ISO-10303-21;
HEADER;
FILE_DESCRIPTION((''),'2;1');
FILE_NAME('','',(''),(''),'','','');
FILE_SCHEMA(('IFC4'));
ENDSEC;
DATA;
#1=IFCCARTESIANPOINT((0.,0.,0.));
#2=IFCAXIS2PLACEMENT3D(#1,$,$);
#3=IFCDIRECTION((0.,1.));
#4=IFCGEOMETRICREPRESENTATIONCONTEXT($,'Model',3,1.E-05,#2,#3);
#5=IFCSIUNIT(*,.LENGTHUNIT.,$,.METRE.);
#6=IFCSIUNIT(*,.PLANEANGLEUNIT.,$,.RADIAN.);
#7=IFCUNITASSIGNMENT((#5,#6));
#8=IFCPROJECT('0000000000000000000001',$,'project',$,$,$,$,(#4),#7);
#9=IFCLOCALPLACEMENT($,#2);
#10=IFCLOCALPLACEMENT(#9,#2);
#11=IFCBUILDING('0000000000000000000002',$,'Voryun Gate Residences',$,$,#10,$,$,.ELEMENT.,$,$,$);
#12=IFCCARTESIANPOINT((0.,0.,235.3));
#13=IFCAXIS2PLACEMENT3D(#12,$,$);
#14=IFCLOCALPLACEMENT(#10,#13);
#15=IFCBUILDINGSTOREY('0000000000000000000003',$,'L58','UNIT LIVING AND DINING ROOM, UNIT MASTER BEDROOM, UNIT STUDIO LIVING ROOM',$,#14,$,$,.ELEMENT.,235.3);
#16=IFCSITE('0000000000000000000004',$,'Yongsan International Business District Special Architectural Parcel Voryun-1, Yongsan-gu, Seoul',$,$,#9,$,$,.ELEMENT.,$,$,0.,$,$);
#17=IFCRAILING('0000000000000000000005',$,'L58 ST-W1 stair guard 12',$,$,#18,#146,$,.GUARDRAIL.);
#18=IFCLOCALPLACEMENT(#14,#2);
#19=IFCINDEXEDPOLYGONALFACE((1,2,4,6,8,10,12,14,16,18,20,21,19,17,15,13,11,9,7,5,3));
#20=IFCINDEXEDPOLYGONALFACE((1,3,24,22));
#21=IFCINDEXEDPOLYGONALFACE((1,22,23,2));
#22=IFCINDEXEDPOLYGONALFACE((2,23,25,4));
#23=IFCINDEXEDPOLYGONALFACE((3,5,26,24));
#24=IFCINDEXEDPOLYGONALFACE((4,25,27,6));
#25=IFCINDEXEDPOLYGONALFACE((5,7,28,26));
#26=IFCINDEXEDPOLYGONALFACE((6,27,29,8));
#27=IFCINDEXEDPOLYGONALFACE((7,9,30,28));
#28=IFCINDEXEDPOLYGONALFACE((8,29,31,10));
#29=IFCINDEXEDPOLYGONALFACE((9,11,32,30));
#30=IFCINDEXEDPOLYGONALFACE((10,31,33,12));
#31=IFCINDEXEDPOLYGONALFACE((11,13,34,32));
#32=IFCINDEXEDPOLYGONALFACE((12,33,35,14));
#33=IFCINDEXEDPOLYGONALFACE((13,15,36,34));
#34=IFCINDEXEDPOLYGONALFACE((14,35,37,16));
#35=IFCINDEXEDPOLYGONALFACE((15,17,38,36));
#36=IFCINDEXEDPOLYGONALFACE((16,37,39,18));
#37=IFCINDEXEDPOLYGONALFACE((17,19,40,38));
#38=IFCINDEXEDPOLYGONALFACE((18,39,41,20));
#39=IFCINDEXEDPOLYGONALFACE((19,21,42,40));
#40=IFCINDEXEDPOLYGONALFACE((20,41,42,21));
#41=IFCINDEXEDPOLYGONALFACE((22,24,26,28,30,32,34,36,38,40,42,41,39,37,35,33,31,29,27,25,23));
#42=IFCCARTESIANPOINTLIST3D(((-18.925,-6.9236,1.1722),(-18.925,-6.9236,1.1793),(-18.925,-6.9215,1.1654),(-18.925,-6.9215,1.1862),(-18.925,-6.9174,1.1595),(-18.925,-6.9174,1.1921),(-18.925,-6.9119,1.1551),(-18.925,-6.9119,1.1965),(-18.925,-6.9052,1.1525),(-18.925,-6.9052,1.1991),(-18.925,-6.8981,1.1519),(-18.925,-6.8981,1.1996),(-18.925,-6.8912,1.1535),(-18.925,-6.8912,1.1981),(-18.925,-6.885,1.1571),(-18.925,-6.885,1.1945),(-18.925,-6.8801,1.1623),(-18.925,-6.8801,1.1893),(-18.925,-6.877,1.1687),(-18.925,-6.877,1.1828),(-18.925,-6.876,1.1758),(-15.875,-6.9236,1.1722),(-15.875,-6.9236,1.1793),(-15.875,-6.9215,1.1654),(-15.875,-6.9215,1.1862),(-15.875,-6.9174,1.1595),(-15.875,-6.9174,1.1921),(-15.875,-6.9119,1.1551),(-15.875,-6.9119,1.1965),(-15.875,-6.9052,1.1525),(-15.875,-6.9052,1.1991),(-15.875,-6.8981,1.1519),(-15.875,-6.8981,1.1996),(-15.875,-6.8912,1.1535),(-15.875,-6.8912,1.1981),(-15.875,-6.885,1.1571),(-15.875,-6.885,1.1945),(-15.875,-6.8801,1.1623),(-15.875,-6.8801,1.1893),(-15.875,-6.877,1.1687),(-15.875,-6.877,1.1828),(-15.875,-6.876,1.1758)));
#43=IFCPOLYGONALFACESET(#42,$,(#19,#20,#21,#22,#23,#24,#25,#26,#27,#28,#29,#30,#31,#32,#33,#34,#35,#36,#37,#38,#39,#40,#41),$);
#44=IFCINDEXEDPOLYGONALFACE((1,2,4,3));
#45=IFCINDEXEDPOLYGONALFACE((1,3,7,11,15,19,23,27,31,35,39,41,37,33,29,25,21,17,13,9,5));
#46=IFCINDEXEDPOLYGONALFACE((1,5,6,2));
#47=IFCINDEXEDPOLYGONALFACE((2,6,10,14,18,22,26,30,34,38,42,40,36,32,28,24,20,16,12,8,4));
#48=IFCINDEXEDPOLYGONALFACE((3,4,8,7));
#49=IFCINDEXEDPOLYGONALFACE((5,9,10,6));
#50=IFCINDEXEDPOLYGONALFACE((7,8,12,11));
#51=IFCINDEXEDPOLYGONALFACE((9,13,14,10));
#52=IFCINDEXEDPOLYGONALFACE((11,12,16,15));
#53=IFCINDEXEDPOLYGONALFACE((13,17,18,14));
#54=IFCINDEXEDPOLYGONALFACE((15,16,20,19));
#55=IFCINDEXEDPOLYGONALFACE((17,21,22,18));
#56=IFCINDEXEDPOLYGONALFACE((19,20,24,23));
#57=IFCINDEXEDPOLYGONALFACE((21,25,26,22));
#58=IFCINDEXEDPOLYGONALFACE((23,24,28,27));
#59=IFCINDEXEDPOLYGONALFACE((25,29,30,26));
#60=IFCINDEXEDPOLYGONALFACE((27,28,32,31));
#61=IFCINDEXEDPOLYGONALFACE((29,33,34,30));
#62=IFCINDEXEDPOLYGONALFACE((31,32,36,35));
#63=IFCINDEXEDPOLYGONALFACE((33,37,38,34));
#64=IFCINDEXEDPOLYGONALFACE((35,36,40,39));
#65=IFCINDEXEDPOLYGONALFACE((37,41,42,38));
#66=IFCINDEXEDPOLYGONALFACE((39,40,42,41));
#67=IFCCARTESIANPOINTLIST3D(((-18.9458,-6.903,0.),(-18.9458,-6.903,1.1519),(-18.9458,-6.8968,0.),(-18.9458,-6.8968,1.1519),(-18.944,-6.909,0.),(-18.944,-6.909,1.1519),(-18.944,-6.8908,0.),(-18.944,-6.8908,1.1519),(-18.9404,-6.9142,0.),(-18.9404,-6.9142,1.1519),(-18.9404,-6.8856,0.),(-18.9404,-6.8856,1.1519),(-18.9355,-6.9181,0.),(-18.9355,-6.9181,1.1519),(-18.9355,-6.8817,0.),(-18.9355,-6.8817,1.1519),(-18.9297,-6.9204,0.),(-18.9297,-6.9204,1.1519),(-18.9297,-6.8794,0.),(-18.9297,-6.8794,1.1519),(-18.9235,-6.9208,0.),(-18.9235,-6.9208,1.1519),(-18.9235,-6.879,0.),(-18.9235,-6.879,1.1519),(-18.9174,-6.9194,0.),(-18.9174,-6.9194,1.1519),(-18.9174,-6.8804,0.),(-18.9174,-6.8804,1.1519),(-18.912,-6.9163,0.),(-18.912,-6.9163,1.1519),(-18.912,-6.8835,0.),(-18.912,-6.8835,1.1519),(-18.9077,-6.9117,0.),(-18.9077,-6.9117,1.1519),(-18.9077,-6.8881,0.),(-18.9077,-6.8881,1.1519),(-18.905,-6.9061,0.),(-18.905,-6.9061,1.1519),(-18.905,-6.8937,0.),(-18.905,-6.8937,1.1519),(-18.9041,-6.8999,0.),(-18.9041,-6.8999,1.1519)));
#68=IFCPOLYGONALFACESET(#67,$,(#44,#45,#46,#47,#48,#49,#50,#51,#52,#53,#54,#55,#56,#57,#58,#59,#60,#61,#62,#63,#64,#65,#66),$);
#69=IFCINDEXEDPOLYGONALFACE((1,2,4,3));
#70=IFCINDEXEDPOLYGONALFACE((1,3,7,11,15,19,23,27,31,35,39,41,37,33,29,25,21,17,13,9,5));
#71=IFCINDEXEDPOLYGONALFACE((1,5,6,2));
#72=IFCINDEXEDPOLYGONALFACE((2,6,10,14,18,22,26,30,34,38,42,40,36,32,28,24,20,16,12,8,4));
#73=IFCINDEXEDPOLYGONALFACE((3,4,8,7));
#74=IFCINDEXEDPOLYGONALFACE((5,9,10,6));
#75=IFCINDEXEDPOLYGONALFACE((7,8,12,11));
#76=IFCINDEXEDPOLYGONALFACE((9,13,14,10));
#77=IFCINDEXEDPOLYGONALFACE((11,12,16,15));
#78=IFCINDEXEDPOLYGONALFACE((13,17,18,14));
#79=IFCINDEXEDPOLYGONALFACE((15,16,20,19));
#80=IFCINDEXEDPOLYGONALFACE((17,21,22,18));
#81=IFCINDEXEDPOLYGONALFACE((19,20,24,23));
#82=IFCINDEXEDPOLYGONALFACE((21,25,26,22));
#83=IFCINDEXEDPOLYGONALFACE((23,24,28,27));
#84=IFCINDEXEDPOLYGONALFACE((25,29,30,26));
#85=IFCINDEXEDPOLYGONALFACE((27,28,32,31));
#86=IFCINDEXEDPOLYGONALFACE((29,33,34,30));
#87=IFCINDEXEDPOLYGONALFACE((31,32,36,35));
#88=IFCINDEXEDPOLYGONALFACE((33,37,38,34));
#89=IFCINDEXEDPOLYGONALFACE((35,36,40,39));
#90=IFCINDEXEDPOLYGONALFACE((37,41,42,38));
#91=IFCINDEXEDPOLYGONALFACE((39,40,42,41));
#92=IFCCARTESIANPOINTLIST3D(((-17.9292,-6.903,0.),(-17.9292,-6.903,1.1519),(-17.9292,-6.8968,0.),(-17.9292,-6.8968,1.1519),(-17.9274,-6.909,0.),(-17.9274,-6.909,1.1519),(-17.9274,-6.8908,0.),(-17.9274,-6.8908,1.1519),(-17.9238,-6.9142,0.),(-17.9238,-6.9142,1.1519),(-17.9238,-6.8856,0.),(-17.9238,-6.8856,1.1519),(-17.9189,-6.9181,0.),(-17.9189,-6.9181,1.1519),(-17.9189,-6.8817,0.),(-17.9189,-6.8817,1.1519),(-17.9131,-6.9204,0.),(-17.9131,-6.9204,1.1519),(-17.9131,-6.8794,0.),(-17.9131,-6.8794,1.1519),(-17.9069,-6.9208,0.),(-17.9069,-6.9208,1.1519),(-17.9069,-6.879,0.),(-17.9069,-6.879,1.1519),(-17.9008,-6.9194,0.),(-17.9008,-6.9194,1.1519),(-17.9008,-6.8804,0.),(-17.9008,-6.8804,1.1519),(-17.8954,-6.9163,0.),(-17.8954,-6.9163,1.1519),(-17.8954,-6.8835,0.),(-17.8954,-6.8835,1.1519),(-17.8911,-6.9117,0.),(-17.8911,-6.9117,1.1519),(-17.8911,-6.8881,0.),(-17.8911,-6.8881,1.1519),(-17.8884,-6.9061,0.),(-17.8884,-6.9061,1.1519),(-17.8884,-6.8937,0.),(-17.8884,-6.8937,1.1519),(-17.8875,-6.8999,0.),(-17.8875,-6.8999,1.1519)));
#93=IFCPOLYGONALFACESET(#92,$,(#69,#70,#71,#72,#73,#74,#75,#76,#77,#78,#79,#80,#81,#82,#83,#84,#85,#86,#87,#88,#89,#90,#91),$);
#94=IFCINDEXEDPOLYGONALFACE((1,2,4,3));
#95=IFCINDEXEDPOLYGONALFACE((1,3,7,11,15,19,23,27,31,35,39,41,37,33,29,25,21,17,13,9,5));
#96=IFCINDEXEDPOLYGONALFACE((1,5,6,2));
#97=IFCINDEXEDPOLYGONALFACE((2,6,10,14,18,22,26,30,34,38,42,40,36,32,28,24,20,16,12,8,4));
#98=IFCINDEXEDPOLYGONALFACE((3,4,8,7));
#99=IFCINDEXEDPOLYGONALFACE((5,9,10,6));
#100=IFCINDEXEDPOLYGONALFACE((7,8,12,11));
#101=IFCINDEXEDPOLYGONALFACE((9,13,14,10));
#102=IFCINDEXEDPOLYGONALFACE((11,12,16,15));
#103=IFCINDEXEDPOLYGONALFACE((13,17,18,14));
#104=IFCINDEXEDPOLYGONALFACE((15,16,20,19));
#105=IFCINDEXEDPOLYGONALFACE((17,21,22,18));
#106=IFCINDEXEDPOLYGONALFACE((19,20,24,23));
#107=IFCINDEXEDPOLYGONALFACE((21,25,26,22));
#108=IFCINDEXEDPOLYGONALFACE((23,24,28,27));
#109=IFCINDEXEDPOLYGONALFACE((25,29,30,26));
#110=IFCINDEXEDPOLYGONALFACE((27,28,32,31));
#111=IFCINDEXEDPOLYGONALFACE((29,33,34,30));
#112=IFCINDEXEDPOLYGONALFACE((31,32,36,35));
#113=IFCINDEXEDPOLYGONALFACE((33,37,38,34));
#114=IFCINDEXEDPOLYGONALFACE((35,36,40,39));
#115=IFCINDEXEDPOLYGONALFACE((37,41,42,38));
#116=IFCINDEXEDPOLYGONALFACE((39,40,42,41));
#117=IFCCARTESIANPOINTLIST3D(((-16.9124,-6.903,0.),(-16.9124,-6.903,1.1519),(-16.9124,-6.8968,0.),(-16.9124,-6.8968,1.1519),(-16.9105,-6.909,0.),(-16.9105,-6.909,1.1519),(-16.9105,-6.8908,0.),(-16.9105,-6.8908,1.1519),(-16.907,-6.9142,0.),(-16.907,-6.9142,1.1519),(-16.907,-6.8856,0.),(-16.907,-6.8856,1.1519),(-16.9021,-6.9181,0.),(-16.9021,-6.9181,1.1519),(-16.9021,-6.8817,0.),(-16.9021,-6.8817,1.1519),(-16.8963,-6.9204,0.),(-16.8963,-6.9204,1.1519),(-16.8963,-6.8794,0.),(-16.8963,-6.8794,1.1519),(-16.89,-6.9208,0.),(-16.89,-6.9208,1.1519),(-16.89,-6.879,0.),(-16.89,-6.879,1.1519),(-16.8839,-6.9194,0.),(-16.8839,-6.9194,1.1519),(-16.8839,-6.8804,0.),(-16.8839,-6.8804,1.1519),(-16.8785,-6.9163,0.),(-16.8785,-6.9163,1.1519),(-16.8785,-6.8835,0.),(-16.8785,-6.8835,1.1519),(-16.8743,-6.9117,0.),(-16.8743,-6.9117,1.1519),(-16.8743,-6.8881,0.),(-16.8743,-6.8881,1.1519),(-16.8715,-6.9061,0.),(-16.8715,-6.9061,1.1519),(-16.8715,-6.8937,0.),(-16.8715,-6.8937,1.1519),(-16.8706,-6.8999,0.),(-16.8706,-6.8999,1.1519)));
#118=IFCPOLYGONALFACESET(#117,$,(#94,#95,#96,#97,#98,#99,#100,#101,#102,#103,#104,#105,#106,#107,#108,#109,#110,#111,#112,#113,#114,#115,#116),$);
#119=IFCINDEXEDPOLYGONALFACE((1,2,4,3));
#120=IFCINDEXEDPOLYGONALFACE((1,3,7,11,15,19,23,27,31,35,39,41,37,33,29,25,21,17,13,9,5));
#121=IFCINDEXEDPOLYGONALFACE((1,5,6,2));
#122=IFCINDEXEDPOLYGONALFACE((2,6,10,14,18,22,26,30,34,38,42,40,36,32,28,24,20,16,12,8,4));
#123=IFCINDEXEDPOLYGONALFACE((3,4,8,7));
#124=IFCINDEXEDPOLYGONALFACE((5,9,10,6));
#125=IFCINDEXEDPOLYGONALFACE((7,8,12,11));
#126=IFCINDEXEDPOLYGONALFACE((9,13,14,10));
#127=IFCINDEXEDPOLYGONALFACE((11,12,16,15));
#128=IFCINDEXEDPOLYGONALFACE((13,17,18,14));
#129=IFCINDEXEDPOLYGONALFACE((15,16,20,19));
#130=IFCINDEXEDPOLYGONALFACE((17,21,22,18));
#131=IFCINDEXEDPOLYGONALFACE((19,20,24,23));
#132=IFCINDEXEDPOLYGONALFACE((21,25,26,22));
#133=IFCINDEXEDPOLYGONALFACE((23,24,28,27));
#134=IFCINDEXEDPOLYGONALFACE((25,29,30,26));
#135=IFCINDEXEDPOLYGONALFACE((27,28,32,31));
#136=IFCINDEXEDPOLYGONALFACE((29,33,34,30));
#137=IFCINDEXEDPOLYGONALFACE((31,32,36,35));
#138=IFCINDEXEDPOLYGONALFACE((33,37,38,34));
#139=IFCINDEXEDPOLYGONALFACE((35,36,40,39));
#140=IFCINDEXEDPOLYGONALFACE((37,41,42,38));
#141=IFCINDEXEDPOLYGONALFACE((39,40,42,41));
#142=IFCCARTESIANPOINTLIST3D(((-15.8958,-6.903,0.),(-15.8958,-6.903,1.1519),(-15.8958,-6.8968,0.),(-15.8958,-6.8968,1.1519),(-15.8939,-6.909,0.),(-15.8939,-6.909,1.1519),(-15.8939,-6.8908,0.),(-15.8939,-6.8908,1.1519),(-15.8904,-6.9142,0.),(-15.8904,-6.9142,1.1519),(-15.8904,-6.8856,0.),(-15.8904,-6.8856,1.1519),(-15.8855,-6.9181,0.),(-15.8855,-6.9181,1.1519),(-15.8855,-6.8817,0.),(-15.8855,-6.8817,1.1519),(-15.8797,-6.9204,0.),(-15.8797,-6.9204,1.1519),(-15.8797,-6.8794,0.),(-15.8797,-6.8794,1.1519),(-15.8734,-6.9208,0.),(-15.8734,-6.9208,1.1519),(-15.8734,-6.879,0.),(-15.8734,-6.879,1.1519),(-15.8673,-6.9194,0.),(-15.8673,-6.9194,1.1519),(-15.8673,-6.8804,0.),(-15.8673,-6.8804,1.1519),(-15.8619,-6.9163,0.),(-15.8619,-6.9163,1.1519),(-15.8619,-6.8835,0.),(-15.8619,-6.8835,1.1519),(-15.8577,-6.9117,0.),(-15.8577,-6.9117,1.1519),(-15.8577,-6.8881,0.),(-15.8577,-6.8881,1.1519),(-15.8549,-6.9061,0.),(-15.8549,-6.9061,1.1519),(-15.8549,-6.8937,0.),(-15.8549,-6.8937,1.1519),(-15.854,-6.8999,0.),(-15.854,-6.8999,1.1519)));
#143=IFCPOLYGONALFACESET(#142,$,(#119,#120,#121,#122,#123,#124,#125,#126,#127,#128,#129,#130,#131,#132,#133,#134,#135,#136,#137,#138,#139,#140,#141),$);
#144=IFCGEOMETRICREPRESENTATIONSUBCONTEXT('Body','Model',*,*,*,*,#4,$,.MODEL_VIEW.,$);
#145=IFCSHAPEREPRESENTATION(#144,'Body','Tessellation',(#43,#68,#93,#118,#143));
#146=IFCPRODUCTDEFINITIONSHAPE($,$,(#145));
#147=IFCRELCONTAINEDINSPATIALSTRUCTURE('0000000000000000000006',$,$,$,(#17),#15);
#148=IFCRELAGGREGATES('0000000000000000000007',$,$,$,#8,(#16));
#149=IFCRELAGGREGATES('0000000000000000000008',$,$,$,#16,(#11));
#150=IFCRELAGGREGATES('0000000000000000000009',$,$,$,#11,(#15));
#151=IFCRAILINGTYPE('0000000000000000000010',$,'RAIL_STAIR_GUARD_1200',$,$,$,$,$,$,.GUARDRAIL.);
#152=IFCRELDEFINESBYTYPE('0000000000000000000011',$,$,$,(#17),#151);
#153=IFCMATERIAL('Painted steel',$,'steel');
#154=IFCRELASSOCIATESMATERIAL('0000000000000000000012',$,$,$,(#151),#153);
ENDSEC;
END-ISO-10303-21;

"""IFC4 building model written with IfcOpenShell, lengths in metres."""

from ifc_helpers import new_model, si_unit, direction, frame, origin, origin_2d, place, context, subcontext, project, spatial, circle, extrude, material, type_object, element, save


model = new_model("IFC4")

# Units and contexts
model_context = context("Model", 3, precision=1e-05, world=origin(), true_north=direction((0.0, 1.0)))
body_context = subcontext(model_context, "Body", "Model", "MODEL_VIEW")
ifc_project = project(units=[si_unit("LENGTHUNIT", "METRE"), si_unit("PLANEANGLEUNIT", "RADIAN")], contexts=[model_context])

# Site, building, storey
site_placement = place(None, origin())
site = spatial("IfcSite", under=ifc_project, at=site_placement, Name="Yongsan International Business District Special Architectural Parcel Voryun-1, Yongsan-gu, Seoul", CompositionType="ELEMENT", RefElevation=0.0)
building_placement = place(site_placement, origin())
building = spatial("IfcBuilding", under=site, at=building_placement, Name="Voryun Gate Residences", CompositionType="ELEMENT")
storey_placement = place(building_placement, frame((0.0, 0.0, 235.3)))
storey = spatial("IfcBuildingStorey", under=building, at=storey_placement, Name="L58", Description="UNIT LIVING AND DINING ROOM, UNIT MASTER BEDROOM, UNIT STUDIO LIVING ROOM", CompositionType="ELEMENT", Elevation=235.3)

# Railing
ifc_material_1 = material(Name="Painted steel", Category="steel")
railing_type_1 = type_object("IfcRailingType", Name="RAIL_STAIR_GUARD_1200", PredefinedType="GUARDRAIL", material=ifc_material_1)
railing_1_placement = place(storey_placement, frame((-18.925, -6.8999, 0.0)))
element("IfcRailing", 1, at=railing_1_placement, inside=storey, type_object=railing_type_1, Name="L58 ST-W1 stair guard 12", PredefinedType="GUARDRAIL", context=body_context, shape_type="SweptSolid", body=[
    extrude(circle(Radius=0.0239, at=origin_2d()), frame((0.0, 0.0, 1.1758), z_axis=(1.0, 0.0, 0.0), x_axis=(0.0, 1.0, 0.0)), (0.0, 0.0, 1.0), 3.05),
    extrude(circle(Radius=0.021, at=origin_2d()), origin(), (0.0, 0.0, 1.0), 1.1519),
    extrude(circle(Radius=0.021, at=origin_2d()), frame((1.0166, 0.0, 0.0)), (0.0, 0.0, 1.0), 1.1519),
    extrude(circle(Radius=0.021, at=origin_2d()), frame((2.0334, 0.0, 0.0)), (0.0, 0.0, 1.0), 1.1519),
    extrude(circle(Radius=0.021, at=origin_2d()), frame((3.05, 0.0, 0.0)), (0.0, 0.0, 1.0), 1.1519),
])

save(model, "model.ifc")
